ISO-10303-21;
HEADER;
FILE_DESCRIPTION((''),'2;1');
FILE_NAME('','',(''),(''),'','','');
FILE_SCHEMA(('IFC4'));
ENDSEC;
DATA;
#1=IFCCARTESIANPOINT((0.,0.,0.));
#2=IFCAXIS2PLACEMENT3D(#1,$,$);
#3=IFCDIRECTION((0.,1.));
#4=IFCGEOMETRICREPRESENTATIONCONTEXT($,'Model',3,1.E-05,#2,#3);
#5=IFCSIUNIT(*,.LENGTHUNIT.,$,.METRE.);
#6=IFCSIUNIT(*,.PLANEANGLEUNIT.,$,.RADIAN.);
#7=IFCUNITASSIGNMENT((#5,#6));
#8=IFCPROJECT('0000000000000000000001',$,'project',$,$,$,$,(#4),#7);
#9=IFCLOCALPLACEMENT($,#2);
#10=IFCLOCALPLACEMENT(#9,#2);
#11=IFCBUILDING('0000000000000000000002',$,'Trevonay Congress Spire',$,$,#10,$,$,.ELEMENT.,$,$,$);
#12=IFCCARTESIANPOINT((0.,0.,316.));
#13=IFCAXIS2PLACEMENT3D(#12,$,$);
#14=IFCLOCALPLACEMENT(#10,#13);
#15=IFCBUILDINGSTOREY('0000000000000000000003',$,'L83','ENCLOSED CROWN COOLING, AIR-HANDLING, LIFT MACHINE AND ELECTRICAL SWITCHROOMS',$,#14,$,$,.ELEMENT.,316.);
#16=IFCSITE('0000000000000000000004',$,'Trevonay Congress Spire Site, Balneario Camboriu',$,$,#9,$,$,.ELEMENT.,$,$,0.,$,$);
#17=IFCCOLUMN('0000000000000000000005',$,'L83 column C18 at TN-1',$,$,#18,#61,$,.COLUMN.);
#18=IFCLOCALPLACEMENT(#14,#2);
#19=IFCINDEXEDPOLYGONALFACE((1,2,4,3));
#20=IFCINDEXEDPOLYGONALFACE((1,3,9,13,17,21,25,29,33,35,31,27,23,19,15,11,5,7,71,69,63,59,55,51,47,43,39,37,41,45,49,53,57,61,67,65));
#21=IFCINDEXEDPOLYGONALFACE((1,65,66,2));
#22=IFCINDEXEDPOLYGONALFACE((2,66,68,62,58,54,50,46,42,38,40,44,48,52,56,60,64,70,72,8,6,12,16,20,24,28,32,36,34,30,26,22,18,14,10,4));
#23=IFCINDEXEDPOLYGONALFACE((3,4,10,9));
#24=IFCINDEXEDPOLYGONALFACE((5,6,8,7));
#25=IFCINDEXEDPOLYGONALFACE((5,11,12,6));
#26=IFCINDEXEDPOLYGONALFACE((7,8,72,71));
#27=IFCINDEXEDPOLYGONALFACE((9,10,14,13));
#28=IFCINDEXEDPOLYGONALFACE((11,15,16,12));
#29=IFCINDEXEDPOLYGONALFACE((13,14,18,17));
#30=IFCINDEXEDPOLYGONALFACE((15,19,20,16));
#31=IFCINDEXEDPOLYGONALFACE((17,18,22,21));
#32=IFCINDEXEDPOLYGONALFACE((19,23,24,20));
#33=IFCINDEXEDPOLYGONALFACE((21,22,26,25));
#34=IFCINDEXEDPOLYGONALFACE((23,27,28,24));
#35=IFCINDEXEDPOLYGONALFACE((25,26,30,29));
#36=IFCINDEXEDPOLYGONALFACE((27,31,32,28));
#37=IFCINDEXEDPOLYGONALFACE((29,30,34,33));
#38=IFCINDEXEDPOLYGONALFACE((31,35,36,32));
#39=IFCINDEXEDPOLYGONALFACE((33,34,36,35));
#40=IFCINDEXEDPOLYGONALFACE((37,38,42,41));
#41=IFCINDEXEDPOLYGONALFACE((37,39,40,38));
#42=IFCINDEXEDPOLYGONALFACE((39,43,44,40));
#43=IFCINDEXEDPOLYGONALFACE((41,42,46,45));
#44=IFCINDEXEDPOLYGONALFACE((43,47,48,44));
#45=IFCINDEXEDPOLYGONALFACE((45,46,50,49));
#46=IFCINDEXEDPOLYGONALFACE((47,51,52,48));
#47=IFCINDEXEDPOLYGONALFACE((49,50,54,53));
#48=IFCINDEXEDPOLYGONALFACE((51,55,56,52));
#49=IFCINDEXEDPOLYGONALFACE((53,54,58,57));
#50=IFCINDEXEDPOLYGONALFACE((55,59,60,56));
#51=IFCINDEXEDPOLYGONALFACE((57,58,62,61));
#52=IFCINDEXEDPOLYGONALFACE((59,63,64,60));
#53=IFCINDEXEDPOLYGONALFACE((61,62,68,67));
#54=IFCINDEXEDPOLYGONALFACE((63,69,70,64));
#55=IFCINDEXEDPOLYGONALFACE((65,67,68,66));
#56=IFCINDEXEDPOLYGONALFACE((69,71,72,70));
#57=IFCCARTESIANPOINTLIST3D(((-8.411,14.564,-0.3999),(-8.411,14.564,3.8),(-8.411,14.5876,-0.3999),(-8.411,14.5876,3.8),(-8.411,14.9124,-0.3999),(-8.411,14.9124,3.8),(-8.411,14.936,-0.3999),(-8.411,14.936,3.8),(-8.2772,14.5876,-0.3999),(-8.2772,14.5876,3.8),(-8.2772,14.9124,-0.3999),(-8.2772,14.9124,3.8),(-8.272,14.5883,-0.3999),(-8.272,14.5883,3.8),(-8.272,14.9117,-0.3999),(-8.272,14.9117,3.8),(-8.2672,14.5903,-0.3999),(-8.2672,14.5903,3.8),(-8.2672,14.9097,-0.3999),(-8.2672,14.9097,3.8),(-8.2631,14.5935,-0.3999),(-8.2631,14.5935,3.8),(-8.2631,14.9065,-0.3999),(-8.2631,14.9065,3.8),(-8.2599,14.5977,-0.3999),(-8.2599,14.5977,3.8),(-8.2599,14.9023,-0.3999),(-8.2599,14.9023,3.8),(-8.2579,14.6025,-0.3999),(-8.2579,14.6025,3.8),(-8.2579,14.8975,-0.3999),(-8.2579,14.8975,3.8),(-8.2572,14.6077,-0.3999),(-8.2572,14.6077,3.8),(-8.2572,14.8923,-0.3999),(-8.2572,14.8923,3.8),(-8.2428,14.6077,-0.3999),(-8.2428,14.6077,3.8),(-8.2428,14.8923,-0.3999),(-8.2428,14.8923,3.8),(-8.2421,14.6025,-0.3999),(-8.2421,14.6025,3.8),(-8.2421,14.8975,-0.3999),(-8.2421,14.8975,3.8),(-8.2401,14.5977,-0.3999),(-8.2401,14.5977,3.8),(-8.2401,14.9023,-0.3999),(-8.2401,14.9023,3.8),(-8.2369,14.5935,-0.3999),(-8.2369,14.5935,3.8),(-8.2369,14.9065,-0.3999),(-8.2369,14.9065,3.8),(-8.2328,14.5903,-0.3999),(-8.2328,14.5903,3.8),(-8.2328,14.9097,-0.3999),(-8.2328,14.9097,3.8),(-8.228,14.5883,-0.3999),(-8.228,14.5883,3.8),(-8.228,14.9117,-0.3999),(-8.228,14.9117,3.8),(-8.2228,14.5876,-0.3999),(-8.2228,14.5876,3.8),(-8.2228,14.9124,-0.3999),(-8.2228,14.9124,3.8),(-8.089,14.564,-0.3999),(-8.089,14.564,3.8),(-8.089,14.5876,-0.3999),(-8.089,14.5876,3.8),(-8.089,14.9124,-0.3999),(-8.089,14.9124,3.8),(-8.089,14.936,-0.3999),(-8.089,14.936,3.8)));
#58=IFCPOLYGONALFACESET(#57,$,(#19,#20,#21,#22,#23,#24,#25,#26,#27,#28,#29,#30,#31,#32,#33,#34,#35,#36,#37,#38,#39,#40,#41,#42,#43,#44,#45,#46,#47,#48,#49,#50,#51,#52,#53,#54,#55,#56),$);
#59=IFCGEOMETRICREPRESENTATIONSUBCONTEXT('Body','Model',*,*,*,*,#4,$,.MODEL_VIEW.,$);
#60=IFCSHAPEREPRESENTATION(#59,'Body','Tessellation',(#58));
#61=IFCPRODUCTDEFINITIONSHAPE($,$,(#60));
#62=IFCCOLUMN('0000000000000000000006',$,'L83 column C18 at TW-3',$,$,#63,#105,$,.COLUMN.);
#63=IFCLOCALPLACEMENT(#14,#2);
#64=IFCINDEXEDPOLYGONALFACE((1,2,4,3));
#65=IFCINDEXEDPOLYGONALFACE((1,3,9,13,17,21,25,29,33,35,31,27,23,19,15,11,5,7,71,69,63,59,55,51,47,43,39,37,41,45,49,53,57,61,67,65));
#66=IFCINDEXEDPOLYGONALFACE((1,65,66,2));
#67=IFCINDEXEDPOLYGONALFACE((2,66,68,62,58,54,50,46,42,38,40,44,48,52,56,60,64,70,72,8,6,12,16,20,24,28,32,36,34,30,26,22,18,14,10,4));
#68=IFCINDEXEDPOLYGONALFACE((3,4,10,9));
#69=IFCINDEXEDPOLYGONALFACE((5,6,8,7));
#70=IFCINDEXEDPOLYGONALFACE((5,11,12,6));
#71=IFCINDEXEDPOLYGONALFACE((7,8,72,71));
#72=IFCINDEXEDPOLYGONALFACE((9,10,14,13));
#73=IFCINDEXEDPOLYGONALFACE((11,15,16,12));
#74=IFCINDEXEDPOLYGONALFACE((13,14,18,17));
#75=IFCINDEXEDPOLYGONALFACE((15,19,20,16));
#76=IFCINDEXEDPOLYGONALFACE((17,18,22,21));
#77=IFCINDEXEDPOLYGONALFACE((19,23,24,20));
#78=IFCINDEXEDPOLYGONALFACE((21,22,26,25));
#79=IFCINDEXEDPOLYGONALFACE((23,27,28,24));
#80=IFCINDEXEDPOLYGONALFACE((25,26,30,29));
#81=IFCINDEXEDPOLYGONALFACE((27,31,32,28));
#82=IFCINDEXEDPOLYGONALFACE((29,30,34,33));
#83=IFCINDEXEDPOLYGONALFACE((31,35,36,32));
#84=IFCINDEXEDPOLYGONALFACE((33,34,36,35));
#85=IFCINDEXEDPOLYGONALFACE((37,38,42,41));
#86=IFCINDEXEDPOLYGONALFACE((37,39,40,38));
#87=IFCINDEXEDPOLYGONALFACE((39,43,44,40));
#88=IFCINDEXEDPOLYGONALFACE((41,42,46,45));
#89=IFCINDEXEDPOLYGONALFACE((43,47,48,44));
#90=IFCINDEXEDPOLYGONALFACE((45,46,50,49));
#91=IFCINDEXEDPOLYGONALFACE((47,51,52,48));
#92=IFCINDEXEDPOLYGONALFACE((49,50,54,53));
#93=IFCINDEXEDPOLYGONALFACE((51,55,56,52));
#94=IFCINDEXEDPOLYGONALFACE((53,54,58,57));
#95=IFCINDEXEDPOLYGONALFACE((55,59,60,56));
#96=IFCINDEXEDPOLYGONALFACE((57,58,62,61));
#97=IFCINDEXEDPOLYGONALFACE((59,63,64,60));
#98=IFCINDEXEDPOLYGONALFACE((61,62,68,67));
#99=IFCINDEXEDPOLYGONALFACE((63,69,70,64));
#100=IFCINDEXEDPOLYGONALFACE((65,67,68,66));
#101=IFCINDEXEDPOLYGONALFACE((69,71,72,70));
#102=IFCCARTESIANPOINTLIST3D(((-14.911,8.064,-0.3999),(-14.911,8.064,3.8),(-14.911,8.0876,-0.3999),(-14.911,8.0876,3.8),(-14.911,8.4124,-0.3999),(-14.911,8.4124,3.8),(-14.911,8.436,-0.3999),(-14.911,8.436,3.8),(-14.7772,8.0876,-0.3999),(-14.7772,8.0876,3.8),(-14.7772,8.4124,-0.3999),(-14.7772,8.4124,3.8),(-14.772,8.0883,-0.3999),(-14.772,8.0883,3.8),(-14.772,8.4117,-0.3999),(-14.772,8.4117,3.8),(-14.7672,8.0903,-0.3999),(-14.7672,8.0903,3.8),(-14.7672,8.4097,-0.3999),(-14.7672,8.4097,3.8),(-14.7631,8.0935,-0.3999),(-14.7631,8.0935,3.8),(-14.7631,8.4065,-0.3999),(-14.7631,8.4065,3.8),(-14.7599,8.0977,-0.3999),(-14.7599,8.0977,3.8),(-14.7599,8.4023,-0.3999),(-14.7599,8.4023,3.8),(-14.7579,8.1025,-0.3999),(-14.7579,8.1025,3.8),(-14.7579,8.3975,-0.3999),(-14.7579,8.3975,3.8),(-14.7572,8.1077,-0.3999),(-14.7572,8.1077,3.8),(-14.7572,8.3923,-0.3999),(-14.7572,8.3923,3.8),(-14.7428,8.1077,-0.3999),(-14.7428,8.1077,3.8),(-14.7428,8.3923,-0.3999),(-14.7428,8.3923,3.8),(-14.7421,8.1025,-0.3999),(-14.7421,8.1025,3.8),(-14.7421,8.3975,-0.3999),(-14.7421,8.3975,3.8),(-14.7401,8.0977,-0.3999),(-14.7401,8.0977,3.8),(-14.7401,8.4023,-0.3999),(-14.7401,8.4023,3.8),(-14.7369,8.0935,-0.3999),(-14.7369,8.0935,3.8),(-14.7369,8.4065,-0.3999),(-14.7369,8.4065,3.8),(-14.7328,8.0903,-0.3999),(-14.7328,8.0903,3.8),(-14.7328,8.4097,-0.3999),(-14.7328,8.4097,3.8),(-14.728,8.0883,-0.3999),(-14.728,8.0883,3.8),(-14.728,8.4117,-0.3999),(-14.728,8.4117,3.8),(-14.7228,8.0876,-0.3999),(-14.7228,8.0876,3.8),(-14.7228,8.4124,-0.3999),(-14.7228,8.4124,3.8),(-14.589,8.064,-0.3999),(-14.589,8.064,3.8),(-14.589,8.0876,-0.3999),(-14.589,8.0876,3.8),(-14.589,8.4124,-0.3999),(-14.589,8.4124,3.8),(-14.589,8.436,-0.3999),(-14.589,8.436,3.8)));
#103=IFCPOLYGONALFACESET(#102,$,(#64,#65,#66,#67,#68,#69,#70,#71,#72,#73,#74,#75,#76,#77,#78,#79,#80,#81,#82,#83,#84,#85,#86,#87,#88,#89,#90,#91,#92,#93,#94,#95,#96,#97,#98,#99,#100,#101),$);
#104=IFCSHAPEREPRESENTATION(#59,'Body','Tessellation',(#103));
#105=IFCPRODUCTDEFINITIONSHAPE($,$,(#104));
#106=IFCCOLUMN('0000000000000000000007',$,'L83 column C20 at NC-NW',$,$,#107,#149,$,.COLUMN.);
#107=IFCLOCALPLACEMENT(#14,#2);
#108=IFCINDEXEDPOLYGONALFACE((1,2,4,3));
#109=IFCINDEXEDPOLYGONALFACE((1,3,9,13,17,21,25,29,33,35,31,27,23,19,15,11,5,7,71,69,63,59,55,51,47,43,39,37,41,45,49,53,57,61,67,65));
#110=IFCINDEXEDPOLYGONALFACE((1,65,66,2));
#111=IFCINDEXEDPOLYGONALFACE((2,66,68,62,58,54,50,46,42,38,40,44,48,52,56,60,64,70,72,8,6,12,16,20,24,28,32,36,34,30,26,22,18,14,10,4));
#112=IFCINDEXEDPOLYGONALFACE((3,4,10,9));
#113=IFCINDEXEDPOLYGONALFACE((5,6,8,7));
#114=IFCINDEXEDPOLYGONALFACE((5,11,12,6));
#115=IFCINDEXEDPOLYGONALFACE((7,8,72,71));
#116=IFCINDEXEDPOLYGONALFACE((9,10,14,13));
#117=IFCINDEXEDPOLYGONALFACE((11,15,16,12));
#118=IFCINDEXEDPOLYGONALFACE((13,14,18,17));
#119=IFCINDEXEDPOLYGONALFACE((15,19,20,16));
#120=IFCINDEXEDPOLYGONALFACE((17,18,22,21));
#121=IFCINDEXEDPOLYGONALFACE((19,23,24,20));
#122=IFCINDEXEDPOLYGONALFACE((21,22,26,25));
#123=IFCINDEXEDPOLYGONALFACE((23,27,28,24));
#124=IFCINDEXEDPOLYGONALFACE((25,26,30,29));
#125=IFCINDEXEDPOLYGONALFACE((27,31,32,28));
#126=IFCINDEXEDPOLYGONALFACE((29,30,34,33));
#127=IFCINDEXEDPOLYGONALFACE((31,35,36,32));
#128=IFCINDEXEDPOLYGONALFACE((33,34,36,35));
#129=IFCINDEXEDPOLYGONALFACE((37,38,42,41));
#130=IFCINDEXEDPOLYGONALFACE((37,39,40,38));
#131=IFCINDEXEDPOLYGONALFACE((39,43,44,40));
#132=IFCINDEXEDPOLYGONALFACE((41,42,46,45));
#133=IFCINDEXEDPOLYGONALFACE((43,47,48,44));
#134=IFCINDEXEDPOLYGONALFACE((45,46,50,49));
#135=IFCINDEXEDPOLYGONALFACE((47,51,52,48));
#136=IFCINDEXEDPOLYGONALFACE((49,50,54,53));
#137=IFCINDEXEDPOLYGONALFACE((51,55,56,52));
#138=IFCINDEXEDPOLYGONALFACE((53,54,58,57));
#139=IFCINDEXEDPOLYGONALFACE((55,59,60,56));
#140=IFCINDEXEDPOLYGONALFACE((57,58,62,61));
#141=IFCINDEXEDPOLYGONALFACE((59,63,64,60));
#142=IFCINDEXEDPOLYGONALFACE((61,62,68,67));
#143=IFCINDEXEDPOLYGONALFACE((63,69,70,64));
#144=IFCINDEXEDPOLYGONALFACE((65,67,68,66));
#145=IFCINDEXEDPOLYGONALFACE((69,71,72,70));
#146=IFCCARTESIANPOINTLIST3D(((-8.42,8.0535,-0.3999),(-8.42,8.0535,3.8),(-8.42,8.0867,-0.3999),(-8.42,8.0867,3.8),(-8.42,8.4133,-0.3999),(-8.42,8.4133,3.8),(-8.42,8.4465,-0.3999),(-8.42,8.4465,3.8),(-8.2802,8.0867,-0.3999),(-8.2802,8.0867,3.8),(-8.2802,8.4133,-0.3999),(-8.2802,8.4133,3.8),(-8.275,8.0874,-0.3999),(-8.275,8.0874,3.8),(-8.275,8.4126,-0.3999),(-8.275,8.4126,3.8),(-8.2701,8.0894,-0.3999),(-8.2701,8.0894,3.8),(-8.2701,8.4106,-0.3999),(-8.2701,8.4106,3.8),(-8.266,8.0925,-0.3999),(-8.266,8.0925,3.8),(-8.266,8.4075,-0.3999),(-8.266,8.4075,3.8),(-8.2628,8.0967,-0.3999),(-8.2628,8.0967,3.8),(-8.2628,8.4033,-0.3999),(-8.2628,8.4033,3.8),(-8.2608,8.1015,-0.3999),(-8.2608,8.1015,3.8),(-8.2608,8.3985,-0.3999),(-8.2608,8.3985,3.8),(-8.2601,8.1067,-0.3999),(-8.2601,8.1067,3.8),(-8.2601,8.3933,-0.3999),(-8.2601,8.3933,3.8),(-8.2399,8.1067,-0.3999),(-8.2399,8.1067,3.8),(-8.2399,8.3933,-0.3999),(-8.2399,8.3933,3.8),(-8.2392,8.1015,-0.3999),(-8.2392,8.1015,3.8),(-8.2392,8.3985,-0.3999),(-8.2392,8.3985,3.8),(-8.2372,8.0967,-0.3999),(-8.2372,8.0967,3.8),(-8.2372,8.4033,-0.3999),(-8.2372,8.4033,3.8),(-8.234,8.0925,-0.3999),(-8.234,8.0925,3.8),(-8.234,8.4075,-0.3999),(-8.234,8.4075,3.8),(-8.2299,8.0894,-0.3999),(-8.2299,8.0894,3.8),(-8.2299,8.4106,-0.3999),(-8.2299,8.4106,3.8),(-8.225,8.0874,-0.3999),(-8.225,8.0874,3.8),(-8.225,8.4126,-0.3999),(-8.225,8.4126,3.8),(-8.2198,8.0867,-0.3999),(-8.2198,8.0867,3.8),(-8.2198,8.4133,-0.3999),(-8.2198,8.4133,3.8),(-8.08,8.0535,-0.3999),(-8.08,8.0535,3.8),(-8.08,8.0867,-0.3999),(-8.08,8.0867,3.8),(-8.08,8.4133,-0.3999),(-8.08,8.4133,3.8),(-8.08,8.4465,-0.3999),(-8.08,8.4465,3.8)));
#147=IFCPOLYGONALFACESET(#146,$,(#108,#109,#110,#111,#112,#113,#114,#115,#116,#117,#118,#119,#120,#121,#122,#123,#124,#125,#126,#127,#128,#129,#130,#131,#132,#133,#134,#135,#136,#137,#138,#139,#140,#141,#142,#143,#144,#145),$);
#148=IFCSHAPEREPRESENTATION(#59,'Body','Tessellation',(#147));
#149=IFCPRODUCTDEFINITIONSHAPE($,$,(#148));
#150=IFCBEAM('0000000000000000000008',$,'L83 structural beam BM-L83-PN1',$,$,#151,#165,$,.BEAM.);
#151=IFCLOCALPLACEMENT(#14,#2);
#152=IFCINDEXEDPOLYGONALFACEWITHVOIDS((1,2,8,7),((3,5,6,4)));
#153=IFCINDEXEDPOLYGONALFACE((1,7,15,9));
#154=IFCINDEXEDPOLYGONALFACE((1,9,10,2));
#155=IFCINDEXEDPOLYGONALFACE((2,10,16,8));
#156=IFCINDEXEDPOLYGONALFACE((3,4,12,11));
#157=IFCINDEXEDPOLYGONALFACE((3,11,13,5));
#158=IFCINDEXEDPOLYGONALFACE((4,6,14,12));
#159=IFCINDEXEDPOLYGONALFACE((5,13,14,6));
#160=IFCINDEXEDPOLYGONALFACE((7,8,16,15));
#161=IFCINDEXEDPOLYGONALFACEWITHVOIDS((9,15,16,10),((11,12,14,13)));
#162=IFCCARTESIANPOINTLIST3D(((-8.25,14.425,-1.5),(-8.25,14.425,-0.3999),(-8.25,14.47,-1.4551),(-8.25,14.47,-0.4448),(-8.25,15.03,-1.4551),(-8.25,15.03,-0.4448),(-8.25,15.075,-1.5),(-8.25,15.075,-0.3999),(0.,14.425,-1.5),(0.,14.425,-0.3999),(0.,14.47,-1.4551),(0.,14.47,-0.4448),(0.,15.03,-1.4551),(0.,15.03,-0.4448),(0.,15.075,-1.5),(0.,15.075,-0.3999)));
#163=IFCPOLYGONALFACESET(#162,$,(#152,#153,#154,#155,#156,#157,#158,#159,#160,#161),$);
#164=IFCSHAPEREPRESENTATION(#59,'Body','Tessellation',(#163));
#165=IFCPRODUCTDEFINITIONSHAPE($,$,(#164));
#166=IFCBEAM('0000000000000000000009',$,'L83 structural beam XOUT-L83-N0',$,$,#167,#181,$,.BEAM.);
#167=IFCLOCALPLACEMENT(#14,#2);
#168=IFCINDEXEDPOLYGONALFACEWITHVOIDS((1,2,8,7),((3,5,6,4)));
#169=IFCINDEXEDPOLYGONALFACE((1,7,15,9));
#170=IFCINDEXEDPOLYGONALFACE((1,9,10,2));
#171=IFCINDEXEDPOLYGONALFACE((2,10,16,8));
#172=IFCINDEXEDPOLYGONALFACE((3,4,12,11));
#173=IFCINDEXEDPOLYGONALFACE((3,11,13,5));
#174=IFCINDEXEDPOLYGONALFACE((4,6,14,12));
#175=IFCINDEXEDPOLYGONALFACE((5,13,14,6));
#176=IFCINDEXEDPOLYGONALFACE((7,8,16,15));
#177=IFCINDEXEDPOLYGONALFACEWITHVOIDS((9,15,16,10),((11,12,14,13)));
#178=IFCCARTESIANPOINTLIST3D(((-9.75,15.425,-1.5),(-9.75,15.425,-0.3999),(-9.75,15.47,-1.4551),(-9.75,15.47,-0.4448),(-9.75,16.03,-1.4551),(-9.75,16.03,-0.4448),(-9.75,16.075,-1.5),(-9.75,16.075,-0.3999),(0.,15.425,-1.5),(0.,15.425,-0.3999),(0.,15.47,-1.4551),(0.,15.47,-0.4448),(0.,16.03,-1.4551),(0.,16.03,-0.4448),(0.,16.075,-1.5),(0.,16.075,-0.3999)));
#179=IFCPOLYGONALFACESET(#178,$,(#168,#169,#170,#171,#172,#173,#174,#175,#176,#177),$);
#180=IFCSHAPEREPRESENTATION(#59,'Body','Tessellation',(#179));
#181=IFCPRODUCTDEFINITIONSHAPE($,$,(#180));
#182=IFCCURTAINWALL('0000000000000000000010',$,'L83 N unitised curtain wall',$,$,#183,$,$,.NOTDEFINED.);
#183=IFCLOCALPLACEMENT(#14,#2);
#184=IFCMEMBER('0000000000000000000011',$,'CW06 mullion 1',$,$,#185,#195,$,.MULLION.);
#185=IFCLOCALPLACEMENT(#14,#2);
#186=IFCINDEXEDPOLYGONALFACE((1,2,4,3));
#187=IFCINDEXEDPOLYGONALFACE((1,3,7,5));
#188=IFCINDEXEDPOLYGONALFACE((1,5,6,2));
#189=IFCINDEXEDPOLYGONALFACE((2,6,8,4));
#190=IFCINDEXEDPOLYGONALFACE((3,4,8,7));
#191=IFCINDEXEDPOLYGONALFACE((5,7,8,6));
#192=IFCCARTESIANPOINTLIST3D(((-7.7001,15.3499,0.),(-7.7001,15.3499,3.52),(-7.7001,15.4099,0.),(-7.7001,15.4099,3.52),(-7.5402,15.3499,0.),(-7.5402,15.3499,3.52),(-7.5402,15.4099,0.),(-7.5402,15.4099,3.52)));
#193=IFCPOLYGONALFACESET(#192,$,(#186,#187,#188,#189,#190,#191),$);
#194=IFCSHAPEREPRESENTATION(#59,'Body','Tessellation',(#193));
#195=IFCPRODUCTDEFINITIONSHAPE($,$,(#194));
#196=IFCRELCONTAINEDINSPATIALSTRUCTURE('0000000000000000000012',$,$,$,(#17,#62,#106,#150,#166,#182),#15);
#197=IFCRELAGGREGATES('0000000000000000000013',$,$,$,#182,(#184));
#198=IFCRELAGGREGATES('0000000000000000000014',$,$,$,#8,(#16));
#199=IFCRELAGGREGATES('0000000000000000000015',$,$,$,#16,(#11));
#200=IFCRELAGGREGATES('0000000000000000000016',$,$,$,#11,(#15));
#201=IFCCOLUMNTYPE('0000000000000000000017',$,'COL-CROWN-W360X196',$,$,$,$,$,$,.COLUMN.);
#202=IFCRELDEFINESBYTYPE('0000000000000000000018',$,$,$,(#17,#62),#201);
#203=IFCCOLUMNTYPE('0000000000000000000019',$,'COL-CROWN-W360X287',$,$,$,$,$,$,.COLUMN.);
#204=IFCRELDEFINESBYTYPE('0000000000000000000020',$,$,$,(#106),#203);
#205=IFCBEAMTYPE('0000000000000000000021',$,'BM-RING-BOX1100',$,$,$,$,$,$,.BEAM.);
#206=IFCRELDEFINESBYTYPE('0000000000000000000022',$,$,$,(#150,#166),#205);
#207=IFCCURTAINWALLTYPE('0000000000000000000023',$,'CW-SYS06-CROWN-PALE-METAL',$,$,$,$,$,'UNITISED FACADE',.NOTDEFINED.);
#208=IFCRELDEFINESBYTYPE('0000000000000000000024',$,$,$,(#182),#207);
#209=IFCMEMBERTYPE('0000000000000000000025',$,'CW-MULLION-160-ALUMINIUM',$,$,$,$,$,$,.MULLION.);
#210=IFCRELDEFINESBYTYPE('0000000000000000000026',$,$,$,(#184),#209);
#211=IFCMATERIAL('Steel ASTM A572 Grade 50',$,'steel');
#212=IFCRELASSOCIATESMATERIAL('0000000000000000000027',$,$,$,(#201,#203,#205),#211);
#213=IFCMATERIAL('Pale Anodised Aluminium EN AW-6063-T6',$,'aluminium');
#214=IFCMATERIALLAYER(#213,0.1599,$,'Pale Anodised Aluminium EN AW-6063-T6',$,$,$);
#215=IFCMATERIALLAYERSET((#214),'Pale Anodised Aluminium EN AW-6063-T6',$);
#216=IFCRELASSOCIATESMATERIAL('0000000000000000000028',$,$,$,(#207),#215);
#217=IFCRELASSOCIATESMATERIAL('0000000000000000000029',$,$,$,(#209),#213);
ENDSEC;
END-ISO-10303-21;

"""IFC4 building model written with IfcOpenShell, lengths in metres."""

from ifc_helpers import new_model, si_unit, direction, frame, origin, origin_2d, place, context, subcontext, project, spatial, rectangle, hollow_rectangle, i_section, extrude, material, layer, layer_set, material_profile, profile_set, type_object, element, aggregate, save


model = new_model("IFC4")

# Units and contexts
model_context = context("Model", 3, precision=1e-05, world=origin(), true_north=direction((0.0, 1.0)))
body_context = subcontext(model_context, "Body", "Model", "MODEL_VIEW")
ifc_project = project(units=[si_unit("LENGTHUNIT", "METRE"), si_unit("PLANEANGLEUNIT", "RADIAN")], contexts=[model_context])

# Site, building, storey
site_placement = place(None, origin())
site = spatial("IfcSite", under=ifc_project, at=site_placement, Name="Trevonay Congress Spire Site, Balneario Camboriu", CompositionType="ELEMENT", RefElevation=0.0)
building_placement = place(site_placement, origin())
building = spatial("IfcBuilding", under=site, at=building_placement, Name="Trevonay Congress Spire", CompositionType="ELEMENT")
storey_placement = place(building_placement, frame((0.0, 0.0, 316.0)))
storey = spatial("IfcBuildingStorey", under=building, at=storey_placement, Name="L83", Description="ENCLOSED CROWN COOLING, AIR-HANDLING, LIFT MACHINE AND ELECTRICAL SWITCHROOMS", CompositionType="ELEMENT", Elevation=316.0)

# Columns
ifc_material_1 = material(Name="Steel ASTM A572 Grade 50", Category="steel")
ifc_material_profile_1 = material_profile(ifc_material_1, i_section(OverallWidth=0.322, OverallDepth=0.3721, WebThickness=0.0144, FlangeThickness=0.0237, FilletRadius=0.02, at=origin_2d()), Name="W360x196")
ifc_profile_set_1 = profile_set([ifc_material_profile_1], Name="Steel ASTM A572 Grade 50")
column_type_1 = type_object("IfcColumnType", Name="COL-CROWN-W360X196", PredefinedType="COLUMN", material=ifc_profile_set_1)
for number, where, z_axis, x_axis, name in (
    (1, (-8.25, 14.75, -0.3999), (0.0, 0.0, 1.0), (1.0, 0.0, 0.0), "L83 column C18 at TN-1"),
    (2, (-14.75, 8.25, -0.3999), (0.0, 0.0, 1.0), (1.0, 0.0, 0.0), "L83 column C18 at TW-3"),
):
    element("IfcColumn", number, at=place(storey_placement, frame(where, z_axis=z_axis, x_axis=x_axis)), inside=storey, type_object=column_type_1, Name=name, PredefinedType="COLUMN", context=body_context, shape_type="SweptSolid", body=[
        extrude(i_section(OverallWidth=0.322, OverallDepth=0.3721, WebThickness=0.0144, FlangeThickness=0.0237, FilletRadius=0.02, at=origin_2d()), origin(), (0.0, 0.0, 1.0), 4.2),
    ])
ifc_material_profile_2 = material_profile(ifc_material_1, i_section(OverallWidth=0.3401, OverallDepth=0.3931, WebThickness=0.0203, FlangeThickness=0.0332, FilletRadius=0.02, at=origin_2d()), Name="W360x287")
ifc_profile_set_2 = profile_set([ifc_material_profile_2], Name="Steel ASTM A572 Grade 50")
column_type_2 = type_object("IfcColumnType", Name="COL-CROWN-W360X287", PredefinedType="COLUMN", material=ifc_profile_set_2)
column_placement = place(storey_placement, frame((-8.25, 8.25, -0.3999), z_axis=(0.0, 0.0, 1.0), x_axis=(1.0, 0.0, 0.0)))
element("IfcColumn", 3, at=column_placement, inside=storey, type_object=column_type_2, Name="L83 column C20 at NC-NW", PredefinedType="COLUMN", context=body_context, shape_type="SweptSolid", body=[
    extrude(i_section(OverallWidth=0.3401, OverallDepth=0.3931, WebThickness=0.0203, FlangeThickness=0.0332, FilletRadius=0.02, at=origin_2d()), origin(), (0.0, 0.0, 1.0), 4.2),
])

# Beams
ifc_material_profile_3 = material_profile(ifc_material_1, hollow_rectangle(XDim=0.6499, YDim=1.1001, WallThickness=0.0449, at=origin_2d()), Name="BOX 1100x650x45")
ifc_profile_set_3 = profile_set([ifc_material_profile_3], Name="Steel ASTM A572 Grade 50")
beam_type_1 = type_object("IfcBeamType", Name="BM-RING-BOX1100", PredefinedType="BEAM", material=ifc_profile_set_3)
beam_1_placement = place(storey_placement, frame((-8.25, 14.75, -0.95), z_axis=(1.0, 0.0, 0.0), x_axis=(0.0, 1.0, 0.0)))
element("IfcBeam", 4, at=beam_1_placement, inside=storey, type_object=beam_type_1, Name="L83 structural beam BM-L83-PN1", PredefinedType="BEAM", context=body_context, shape_type="SweptSolid", body=[
    extrude(hollow_rectangle(XDim=0.6499, YDim=1.1001, WallThickness=0.0449, at=origin_2d()), origin(), (0.0, 0.0, 1.0), 8.25),
])
beam_2_placement = place(storey_placement, frame((-9.75, 15.75, -0.95), z_axis=(1.0, 0.0, 0.0), x_axis=(0.0, 1.0, 0.0)))
element("IfcBeam", 5, at=beam_2_placement, inside=storey, type_object=beam_type_1, Name="L83 structural beam XOUT-L83-N0", PredefinedType="BEAM", context=body_context, shape_type="SweptSolid", body=[
    extrude(hollow_rectangle(XDim=0.6499, YDim=1.1001, WallThickness=0.0449, at=origin_2d()), origin(), (0.0, 0.0, 1.0), 9.75),
])

# Curtain wall, member
ifc_material_2 = material(Name="Pale Anodised Aluminium EN AW-6063-T6", Category="aluminium")
ifc_layer_1 = layer(ifc_material_2, 0.1599, Name="Pale Anodised Aluminium EN AW-6063-T6")
ifc_layer_set_1 = layer_set([ifc_layer_1], Name="Pale Anodised Aluminium EN AW-6063-T6")
curtain_wall_type = type_object("IfcCurtainWallType", Name="CW-SYS06-CROWN-PALE-METAL", ElementType="UNITISED FACADE", PredefinedType="NOTDEFINED", material=ifc_layer_set_1)
curtain_wall_1_placement = place(storey_placement, origin())
curtain_wall_1 = element("IfcCurtainWall", 6, at=curtain_wall_1_placement, inside=storey, type_object=curtain_wall_type, Name="L83 N unitised curtain wall", PredefinedType="NOTDEFINED")
ifc_material_profile_4 = material_profile(ifc_material_2, rectangle(XDim=0.0601, YDim=0.1599, at=origin_2d()), Name="CW-MULLION-160-ALUMINIUM")
ifc_profile_set_4 = profile_set([ifc_material_profile_4], Name="Pale Anodised Aluminium EN AW-6063-T6")
member_type_1 = type_object("IfcMemberType", Name="CW-MULLION-160-ALUMINIUM", PredefinedType="MULLION", material=ifc_profile_set_4)
member_1_placement = place(storey_placement, frame((-7.6201, 15.3799, 0.0), z_axis=(0.0, 0.0, 1.0), x_axis=(0.0, 1.0, 0.0)))
member_1 = element("IfcMember", 7, at=member_1_placement, type_object=member_type_1, Name="CW06 mullion 1", PredefinedType="MULLION", context=body_context, shape_type="SweptSolid", body=[
    extrude(rectangle(XDim=0.0601, YDim=0.1599, at=origin_2d()), origin(), (0.0, 0.0, 1.0), 3.52),
])

aggregate(curtain_wall_1, [member_1])

save(model, "model.ifc")
